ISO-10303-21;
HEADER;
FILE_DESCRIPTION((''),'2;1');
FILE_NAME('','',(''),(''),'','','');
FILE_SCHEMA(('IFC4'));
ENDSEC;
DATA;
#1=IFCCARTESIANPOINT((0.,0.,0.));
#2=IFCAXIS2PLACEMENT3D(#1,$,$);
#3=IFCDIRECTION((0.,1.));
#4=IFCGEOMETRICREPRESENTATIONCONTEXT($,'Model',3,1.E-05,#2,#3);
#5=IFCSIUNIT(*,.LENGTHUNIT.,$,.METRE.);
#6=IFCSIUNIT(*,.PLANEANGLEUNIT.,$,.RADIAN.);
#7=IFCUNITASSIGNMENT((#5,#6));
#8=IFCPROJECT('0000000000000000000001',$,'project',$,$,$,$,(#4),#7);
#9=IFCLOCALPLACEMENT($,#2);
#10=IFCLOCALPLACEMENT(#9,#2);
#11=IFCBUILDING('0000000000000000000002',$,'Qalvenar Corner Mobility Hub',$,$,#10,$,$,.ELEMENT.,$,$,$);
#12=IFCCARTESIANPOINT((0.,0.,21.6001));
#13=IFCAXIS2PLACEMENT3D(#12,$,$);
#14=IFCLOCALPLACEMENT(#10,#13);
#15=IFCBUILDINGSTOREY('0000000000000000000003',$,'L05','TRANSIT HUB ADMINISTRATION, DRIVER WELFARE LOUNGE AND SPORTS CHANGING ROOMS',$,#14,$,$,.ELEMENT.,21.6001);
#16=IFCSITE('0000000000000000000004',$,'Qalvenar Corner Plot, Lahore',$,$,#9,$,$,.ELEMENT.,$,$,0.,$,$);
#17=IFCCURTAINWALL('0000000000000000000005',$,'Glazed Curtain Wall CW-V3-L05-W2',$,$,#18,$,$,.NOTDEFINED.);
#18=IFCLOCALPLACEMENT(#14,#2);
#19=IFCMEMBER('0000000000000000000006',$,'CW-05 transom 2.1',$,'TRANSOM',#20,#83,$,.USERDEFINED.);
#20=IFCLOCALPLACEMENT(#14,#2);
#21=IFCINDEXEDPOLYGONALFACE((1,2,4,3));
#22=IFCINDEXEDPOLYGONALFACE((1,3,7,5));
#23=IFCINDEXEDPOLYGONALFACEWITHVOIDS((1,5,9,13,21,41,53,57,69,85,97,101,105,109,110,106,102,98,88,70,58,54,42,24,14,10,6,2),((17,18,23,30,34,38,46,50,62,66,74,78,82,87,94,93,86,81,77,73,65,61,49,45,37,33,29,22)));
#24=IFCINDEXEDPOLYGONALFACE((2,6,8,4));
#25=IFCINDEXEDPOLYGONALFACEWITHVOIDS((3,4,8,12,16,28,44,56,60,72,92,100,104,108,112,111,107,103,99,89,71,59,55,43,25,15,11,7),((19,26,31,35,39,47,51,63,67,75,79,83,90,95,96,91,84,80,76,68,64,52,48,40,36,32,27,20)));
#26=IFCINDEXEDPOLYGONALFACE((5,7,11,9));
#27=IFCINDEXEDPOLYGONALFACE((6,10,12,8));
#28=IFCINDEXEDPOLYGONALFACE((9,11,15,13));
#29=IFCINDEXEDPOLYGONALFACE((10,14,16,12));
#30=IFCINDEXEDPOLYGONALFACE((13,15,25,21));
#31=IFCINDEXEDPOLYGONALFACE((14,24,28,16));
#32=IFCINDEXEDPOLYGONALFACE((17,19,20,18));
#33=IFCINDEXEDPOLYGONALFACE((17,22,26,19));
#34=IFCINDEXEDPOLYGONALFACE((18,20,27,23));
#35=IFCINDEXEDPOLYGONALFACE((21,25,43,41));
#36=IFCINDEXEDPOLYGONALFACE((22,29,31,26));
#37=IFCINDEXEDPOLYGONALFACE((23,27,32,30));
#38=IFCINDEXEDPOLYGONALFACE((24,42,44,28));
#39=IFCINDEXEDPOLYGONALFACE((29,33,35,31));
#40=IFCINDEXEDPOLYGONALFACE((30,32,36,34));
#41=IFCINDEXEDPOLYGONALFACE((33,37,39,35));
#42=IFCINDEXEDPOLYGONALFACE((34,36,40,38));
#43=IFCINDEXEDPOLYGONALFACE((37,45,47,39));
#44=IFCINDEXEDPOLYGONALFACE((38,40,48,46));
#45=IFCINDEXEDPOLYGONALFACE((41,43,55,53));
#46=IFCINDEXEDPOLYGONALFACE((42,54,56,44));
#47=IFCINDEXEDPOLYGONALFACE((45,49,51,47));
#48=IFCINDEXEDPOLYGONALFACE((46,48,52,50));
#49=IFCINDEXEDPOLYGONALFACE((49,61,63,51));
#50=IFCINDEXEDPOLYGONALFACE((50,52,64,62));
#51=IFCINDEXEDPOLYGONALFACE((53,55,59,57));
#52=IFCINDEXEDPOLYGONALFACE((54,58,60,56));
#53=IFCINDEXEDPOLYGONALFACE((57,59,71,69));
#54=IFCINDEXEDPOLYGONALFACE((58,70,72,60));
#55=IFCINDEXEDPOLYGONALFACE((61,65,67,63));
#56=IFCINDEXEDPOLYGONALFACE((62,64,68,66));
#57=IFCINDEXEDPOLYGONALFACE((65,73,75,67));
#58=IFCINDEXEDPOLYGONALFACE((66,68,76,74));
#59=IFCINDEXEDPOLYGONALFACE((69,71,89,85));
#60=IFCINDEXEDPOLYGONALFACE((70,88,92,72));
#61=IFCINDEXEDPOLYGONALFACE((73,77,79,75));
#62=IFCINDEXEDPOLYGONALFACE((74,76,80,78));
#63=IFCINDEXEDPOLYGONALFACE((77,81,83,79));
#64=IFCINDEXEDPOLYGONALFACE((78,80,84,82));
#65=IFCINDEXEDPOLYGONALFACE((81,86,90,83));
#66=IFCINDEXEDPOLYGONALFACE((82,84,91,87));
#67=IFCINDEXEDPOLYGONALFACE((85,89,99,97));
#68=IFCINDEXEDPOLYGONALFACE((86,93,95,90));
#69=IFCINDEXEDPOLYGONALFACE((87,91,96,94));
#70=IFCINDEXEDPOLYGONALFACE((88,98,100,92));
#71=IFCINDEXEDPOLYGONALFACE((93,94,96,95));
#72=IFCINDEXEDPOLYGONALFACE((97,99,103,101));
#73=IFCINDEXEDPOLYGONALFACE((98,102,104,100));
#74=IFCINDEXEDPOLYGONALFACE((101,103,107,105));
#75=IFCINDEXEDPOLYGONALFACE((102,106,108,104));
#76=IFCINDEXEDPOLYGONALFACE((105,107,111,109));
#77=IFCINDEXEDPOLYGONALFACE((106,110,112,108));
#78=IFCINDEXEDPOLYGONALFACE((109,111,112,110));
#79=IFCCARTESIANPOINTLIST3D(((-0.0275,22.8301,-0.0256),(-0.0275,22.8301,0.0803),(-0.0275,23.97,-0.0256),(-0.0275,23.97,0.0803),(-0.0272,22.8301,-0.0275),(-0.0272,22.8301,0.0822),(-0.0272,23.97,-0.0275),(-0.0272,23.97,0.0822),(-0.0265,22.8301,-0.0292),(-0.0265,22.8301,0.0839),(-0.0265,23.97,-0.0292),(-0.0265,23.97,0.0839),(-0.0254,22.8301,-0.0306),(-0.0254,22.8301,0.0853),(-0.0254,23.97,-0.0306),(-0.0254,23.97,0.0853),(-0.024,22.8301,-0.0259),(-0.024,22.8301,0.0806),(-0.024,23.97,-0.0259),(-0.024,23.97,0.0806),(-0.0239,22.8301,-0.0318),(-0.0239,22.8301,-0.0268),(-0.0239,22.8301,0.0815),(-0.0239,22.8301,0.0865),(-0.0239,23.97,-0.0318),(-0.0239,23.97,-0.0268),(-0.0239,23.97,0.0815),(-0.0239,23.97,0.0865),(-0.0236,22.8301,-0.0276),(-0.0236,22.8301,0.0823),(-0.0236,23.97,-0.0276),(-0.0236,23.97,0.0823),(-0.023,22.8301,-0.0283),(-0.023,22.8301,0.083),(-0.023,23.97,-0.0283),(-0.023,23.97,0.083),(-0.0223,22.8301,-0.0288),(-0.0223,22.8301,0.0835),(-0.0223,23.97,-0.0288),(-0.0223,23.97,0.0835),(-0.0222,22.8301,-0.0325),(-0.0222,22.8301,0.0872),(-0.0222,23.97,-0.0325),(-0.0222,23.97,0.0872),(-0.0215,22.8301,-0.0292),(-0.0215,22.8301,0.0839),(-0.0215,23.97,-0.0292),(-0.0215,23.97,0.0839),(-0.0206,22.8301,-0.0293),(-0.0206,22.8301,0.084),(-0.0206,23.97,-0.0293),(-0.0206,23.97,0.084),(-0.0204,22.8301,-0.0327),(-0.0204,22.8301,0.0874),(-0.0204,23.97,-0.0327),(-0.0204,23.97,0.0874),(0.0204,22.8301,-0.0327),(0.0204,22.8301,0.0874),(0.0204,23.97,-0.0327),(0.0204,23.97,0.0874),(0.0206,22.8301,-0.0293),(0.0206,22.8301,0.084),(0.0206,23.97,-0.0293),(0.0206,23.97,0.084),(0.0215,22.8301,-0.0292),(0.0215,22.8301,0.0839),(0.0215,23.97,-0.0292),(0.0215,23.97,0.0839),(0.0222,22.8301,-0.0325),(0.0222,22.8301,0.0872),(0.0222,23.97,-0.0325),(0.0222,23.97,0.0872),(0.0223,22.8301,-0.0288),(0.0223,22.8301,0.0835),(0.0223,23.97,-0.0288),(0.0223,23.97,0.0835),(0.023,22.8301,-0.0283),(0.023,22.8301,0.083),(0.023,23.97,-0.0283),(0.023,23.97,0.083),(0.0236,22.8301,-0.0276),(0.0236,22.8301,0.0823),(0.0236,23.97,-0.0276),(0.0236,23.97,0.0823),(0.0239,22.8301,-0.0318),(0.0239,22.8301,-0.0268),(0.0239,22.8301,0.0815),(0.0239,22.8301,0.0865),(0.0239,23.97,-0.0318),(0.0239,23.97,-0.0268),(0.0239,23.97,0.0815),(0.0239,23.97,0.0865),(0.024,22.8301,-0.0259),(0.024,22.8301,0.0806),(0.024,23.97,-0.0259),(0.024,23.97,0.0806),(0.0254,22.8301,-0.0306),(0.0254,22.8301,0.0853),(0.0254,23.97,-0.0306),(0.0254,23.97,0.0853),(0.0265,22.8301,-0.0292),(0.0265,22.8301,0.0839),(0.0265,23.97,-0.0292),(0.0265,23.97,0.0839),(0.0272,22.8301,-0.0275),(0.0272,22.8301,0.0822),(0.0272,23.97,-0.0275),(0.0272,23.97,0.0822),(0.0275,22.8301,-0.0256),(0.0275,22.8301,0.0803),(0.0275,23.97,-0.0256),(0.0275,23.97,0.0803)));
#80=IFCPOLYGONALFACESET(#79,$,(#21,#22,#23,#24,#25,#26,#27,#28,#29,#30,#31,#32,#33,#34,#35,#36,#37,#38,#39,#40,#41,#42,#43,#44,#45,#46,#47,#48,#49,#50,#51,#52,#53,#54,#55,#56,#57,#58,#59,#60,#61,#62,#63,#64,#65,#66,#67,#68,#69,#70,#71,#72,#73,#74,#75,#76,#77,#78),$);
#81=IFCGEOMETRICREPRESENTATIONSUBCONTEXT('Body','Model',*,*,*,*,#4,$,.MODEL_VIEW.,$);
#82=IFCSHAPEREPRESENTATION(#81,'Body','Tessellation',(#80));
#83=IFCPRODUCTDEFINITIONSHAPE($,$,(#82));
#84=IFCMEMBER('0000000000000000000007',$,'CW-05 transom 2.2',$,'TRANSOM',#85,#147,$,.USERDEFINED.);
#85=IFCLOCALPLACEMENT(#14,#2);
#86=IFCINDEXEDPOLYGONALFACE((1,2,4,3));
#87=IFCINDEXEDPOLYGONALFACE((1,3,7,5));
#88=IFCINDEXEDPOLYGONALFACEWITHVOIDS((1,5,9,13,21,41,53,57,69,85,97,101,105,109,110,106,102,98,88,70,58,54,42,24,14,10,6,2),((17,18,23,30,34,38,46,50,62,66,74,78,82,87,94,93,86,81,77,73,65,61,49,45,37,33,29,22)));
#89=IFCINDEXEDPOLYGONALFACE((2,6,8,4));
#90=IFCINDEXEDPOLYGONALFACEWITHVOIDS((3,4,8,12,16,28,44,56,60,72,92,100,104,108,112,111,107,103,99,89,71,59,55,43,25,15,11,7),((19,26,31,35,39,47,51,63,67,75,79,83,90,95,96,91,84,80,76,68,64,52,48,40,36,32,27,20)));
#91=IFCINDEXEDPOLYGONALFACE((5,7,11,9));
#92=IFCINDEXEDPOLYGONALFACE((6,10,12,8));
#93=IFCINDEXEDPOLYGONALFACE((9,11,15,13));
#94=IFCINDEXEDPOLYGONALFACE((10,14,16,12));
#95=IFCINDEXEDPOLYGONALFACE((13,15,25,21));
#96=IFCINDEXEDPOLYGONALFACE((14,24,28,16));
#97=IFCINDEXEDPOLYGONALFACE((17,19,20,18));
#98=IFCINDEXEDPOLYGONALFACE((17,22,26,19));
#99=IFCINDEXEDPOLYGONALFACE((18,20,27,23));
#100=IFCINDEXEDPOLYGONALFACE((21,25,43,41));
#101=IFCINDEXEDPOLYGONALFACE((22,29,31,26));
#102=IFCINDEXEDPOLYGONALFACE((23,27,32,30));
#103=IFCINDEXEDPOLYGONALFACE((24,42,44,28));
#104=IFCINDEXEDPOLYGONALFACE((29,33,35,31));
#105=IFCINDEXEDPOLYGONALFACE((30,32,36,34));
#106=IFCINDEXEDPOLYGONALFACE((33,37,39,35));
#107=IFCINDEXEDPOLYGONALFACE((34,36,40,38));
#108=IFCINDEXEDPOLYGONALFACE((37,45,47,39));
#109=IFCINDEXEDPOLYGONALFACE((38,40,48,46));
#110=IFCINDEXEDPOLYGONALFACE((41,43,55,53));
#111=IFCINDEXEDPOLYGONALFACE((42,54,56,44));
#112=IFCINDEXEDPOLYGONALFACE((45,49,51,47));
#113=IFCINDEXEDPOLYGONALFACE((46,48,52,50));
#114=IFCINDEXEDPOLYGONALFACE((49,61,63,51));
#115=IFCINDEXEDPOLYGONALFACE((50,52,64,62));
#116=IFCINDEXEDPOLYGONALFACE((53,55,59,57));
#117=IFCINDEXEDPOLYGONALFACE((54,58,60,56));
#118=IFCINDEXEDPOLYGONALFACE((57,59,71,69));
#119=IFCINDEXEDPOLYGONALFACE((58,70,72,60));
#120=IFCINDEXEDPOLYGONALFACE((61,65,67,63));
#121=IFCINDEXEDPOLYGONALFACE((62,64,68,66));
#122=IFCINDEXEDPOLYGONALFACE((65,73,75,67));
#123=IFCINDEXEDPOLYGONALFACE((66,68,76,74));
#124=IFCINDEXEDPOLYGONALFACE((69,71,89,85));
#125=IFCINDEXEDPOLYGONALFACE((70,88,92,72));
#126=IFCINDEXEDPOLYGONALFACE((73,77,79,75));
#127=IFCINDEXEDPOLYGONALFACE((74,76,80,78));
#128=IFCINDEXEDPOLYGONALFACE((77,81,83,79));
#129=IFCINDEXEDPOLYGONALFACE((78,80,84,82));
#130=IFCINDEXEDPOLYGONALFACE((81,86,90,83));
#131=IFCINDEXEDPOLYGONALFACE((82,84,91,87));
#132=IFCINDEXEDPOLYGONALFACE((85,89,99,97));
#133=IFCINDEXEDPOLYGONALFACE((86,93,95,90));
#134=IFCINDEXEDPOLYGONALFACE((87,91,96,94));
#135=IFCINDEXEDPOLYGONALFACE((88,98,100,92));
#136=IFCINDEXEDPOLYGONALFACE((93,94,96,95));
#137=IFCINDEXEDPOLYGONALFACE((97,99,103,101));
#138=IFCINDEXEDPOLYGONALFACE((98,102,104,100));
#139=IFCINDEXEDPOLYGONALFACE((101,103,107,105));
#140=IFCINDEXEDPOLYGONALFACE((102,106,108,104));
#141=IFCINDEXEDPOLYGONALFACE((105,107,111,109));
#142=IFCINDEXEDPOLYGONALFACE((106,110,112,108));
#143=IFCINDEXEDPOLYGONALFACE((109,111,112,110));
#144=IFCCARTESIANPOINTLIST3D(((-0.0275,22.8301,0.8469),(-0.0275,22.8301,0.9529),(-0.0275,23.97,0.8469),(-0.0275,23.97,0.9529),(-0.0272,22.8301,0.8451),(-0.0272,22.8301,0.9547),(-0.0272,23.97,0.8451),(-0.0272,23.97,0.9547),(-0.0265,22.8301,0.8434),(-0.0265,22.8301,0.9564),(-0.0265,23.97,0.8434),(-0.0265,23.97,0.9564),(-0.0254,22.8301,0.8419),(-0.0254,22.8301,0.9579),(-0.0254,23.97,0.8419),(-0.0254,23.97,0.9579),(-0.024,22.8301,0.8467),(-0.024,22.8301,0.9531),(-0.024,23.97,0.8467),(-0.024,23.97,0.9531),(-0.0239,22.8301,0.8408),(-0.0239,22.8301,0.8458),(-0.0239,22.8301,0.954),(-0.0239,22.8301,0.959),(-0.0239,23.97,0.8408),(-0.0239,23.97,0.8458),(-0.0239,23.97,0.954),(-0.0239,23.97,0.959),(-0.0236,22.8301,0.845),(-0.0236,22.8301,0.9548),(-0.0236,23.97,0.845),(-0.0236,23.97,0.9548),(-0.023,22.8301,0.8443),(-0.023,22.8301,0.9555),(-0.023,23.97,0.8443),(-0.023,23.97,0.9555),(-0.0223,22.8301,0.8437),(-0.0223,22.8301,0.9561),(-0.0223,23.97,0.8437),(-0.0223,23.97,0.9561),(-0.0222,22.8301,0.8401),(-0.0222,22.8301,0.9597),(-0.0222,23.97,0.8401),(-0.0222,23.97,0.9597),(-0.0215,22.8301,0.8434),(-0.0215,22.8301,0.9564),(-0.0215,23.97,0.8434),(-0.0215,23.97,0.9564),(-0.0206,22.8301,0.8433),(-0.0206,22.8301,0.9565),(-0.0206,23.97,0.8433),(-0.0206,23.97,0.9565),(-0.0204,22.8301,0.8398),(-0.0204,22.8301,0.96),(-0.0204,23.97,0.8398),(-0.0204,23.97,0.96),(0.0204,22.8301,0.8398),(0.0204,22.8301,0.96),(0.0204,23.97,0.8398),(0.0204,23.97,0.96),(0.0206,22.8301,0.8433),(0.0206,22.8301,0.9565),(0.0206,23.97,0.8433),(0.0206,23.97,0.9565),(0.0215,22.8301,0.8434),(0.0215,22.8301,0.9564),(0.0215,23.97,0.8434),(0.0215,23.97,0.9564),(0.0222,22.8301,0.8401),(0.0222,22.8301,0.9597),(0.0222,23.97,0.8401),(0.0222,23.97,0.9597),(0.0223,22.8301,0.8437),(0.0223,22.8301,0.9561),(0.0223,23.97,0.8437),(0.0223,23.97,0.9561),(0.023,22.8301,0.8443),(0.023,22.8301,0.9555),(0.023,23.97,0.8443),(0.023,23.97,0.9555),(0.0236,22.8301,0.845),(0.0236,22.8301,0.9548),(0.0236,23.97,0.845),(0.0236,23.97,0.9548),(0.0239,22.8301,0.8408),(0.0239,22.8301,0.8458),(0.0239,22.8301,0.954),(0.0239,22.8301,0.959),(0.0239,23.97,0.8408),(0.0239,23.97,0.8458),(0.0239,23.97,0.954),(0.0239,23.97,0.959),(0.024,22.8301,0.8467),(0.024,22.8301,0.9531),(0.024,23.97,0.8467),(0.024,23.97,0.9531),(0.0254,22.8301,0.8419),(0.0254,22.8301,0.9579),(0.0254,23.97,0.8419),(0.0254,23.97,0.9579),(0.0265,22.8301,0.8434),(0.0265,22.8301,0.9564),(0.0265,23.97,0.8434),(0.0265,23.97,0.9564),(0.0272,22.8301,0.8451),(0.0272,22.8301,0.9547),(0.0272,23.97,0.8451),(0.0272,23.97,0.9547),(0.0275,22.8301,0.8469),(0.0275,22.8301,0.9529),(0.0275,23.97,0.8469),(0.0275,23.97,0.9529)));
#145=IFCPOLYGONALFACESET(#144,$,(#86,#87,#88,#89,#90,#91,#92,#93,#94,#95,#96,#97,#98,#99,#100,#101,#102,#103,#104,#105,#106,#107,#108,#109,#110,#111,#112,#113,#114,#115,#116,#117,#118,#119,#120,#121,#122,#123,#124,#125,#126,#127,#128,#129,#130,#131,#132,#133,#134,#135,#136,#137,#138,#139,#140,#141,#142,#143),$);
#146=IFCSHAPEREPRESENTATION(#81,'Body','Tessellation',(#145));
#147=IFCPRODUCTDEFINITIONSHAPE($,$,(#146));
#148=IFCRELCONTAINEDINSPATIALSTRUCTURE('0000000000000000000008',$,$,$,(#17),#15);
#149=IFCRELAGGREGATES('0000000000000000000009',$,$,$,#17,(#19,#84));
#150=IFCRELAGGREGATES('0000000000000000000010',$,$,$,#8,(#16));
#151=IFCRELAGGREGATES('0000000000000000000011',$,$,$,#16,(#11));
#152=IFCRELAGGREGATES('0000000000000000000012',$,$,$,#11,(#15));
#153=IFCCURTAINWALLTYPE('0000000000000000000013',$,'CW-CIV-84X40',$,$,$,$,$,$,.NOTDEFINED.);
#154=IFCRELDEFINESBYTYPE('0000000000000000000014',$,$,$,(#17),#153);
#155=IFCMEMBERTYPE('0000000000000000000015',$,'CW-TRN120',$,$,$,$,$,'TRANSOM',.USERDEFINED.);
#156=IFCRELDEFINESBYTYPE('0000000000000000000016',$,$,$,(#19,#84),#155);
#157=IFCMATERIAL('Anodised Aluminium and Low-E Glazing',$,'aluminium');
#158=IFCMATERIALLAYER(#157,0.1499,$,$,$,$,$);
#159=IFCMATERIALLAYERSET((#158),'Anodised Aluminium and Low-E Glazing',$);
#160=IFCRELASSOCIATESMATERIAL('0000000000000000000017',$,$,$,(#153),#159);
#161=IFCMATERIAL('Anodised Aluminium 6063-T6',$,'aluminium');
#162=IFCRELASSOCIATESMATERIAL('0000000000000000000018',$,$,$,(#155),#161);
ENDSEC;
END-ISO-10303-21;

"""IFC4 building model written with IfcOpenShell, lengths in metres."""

from ifc_helpers import new_model, si_unit, direction, frame, origin, origin_2d, place, context, subcontext, project, spatial, hollow_rectangle, extrude, material, layer, layer_set, material_profile, profile_set, type_object, element, aggregate, save


model = new_model("IFC4")

# Units and contexts
model_context = context("Model", 3, precision=1e-05, world=origin(), true_north=direction((0.0, 1.0)))
body_context = subcontext(model_context, "Body", "Model", "MODEL_VIEW")
ifc_project = project(units=[si_unit("LENGTHUNIT", "METRE"), si_unit("PLANEANGLEUNIT", "RADIAN")], contexts=[model_context])

# Site, building, storey
site_placement = place(None, origin())
site = spatial("IfcSite", under=ifc_project, at=site_placement, Name="Qalvenar Corner Plot, Lahore", CompositionType="ELEMENT", RefElevation=0.0)
building_placement = place(site_placement, origin())
building = spatial("IfcBuilding", under=site, at=building_placement, Name="Qalvenar Corner Mobility Hub", CompositionType="ELEMENT")
storey_placement = place(building_placement, frame((0.0, 0.0, 21.6001)))
storey = spatial("IfcBuildingStorey", under=building, at=storey_placement, Name="L05", Description="TRANSIT HUB ADMINISTRATION, DRIVER WELFARE LOUNGE AND SPORTS CHANGING ROOMS", CompositionType="ELEMENT", Elevation=21.6001)

# Curtain wall, members
ifc_material_1 = material(Name="Anodised Aluminium and Low-E Glazing", Category="aluminium")
ifc_layer_1 = layer(ifc_material_1, 0.1499)
ifc_layer_set_1 = layer_set([ifc_layer_1], Name="Anodised Aluminium and Low-E Glazing")
curtain_wall_type = type_object("IfcCurtainWallType", Name="CW-CIV-84X40", PredefinedType="NOTDEFINED", material=ifc_layer_set_1)
curtain_wall_placement = place(storey_placement, origin())
curtain_wall = element("IfcCurtainWall", 1, at=curtain_wall_placement, inside=storey, type_object=curtain_wall_type, Name="Glazed Curtain Wall CW-V3-L05-W2", PredefinedType="NOTDEFINED")
ifc_material_2 = material(Name="Anodised Aluminium 6063-T6", Category="aluminium")
ifc_material_profile_1 = material_profile(ifc_material_2, hollow_rectangle(XDim=0.0549, YDim=0.1201, WallThickness=0.0034, InnerFilletRadius=0.0034, OuterFilletRadius=0.0071, at=origin_2d()), Name="RHS120x55x3.5")
ifc_profile_set_1 = profile_set([ifc_material_profile_1], Name="Anodised Aluminium 6063-T6")
member_type_1 = type_object("IfcMemberType", Name="CW-TRN120", ElementType="TRANSOM", PredefinedType="USERDEFINED", material=ifc_profile_set_1)
member_1_placement = place(storey_placement, frame((0.0, 23.97, 0.0273), z_axis=(0.0, -1.0, 0.0), x_axis=(1.0, 0.0, 0.0)))
member_1 = element("IfcMember", 2, at=member_1_placement, type_object=member_type_1, Name="CW-05 transom 2.1", ObjectType="TRANSOM", PredefinedType="USERDEFINED", context=body_context, shape_type="SweptSolid", body=[
    extrude(hollow_rectangle(XDim=0.0549, YDim=0.1201, WallThickness=0.0034, InnerFilletRadius=0.0034, OuterFilletRadius=0.0071, at=origin_2d()), origin(), (0.0, 0.0, 1.0), 1.1399),
])
member_2_placement = place(storey_placement, frame((0.0, 23.97, 0.8999), z_axis=(0.0, -1.0, 0.0), x_axis=(1.0, 0.0, 0.0)))
member_2 = element("IfcMember", 3, at=member_2_placement, type_object=member_type_1, Name="CW-05 transom 2.2", ObjectType="TRANSOM", PredefinedType="USERDEFINED", context=body_context, shape_type="SweptSolid", body=[
    extrude(hollow_rectangle(XDim=0.0549, YDim=0.1201, WallThickness=0.0034, InnerFilletRadius=0.0034, OuterFilletRadius=0.0071, at=origin_2d()), origin(), (0.0, 0.0, 1.0), 1.1399),
])
aggregate(curtain_wall, [member_1, member_2])

save(model, "model.ifc")
